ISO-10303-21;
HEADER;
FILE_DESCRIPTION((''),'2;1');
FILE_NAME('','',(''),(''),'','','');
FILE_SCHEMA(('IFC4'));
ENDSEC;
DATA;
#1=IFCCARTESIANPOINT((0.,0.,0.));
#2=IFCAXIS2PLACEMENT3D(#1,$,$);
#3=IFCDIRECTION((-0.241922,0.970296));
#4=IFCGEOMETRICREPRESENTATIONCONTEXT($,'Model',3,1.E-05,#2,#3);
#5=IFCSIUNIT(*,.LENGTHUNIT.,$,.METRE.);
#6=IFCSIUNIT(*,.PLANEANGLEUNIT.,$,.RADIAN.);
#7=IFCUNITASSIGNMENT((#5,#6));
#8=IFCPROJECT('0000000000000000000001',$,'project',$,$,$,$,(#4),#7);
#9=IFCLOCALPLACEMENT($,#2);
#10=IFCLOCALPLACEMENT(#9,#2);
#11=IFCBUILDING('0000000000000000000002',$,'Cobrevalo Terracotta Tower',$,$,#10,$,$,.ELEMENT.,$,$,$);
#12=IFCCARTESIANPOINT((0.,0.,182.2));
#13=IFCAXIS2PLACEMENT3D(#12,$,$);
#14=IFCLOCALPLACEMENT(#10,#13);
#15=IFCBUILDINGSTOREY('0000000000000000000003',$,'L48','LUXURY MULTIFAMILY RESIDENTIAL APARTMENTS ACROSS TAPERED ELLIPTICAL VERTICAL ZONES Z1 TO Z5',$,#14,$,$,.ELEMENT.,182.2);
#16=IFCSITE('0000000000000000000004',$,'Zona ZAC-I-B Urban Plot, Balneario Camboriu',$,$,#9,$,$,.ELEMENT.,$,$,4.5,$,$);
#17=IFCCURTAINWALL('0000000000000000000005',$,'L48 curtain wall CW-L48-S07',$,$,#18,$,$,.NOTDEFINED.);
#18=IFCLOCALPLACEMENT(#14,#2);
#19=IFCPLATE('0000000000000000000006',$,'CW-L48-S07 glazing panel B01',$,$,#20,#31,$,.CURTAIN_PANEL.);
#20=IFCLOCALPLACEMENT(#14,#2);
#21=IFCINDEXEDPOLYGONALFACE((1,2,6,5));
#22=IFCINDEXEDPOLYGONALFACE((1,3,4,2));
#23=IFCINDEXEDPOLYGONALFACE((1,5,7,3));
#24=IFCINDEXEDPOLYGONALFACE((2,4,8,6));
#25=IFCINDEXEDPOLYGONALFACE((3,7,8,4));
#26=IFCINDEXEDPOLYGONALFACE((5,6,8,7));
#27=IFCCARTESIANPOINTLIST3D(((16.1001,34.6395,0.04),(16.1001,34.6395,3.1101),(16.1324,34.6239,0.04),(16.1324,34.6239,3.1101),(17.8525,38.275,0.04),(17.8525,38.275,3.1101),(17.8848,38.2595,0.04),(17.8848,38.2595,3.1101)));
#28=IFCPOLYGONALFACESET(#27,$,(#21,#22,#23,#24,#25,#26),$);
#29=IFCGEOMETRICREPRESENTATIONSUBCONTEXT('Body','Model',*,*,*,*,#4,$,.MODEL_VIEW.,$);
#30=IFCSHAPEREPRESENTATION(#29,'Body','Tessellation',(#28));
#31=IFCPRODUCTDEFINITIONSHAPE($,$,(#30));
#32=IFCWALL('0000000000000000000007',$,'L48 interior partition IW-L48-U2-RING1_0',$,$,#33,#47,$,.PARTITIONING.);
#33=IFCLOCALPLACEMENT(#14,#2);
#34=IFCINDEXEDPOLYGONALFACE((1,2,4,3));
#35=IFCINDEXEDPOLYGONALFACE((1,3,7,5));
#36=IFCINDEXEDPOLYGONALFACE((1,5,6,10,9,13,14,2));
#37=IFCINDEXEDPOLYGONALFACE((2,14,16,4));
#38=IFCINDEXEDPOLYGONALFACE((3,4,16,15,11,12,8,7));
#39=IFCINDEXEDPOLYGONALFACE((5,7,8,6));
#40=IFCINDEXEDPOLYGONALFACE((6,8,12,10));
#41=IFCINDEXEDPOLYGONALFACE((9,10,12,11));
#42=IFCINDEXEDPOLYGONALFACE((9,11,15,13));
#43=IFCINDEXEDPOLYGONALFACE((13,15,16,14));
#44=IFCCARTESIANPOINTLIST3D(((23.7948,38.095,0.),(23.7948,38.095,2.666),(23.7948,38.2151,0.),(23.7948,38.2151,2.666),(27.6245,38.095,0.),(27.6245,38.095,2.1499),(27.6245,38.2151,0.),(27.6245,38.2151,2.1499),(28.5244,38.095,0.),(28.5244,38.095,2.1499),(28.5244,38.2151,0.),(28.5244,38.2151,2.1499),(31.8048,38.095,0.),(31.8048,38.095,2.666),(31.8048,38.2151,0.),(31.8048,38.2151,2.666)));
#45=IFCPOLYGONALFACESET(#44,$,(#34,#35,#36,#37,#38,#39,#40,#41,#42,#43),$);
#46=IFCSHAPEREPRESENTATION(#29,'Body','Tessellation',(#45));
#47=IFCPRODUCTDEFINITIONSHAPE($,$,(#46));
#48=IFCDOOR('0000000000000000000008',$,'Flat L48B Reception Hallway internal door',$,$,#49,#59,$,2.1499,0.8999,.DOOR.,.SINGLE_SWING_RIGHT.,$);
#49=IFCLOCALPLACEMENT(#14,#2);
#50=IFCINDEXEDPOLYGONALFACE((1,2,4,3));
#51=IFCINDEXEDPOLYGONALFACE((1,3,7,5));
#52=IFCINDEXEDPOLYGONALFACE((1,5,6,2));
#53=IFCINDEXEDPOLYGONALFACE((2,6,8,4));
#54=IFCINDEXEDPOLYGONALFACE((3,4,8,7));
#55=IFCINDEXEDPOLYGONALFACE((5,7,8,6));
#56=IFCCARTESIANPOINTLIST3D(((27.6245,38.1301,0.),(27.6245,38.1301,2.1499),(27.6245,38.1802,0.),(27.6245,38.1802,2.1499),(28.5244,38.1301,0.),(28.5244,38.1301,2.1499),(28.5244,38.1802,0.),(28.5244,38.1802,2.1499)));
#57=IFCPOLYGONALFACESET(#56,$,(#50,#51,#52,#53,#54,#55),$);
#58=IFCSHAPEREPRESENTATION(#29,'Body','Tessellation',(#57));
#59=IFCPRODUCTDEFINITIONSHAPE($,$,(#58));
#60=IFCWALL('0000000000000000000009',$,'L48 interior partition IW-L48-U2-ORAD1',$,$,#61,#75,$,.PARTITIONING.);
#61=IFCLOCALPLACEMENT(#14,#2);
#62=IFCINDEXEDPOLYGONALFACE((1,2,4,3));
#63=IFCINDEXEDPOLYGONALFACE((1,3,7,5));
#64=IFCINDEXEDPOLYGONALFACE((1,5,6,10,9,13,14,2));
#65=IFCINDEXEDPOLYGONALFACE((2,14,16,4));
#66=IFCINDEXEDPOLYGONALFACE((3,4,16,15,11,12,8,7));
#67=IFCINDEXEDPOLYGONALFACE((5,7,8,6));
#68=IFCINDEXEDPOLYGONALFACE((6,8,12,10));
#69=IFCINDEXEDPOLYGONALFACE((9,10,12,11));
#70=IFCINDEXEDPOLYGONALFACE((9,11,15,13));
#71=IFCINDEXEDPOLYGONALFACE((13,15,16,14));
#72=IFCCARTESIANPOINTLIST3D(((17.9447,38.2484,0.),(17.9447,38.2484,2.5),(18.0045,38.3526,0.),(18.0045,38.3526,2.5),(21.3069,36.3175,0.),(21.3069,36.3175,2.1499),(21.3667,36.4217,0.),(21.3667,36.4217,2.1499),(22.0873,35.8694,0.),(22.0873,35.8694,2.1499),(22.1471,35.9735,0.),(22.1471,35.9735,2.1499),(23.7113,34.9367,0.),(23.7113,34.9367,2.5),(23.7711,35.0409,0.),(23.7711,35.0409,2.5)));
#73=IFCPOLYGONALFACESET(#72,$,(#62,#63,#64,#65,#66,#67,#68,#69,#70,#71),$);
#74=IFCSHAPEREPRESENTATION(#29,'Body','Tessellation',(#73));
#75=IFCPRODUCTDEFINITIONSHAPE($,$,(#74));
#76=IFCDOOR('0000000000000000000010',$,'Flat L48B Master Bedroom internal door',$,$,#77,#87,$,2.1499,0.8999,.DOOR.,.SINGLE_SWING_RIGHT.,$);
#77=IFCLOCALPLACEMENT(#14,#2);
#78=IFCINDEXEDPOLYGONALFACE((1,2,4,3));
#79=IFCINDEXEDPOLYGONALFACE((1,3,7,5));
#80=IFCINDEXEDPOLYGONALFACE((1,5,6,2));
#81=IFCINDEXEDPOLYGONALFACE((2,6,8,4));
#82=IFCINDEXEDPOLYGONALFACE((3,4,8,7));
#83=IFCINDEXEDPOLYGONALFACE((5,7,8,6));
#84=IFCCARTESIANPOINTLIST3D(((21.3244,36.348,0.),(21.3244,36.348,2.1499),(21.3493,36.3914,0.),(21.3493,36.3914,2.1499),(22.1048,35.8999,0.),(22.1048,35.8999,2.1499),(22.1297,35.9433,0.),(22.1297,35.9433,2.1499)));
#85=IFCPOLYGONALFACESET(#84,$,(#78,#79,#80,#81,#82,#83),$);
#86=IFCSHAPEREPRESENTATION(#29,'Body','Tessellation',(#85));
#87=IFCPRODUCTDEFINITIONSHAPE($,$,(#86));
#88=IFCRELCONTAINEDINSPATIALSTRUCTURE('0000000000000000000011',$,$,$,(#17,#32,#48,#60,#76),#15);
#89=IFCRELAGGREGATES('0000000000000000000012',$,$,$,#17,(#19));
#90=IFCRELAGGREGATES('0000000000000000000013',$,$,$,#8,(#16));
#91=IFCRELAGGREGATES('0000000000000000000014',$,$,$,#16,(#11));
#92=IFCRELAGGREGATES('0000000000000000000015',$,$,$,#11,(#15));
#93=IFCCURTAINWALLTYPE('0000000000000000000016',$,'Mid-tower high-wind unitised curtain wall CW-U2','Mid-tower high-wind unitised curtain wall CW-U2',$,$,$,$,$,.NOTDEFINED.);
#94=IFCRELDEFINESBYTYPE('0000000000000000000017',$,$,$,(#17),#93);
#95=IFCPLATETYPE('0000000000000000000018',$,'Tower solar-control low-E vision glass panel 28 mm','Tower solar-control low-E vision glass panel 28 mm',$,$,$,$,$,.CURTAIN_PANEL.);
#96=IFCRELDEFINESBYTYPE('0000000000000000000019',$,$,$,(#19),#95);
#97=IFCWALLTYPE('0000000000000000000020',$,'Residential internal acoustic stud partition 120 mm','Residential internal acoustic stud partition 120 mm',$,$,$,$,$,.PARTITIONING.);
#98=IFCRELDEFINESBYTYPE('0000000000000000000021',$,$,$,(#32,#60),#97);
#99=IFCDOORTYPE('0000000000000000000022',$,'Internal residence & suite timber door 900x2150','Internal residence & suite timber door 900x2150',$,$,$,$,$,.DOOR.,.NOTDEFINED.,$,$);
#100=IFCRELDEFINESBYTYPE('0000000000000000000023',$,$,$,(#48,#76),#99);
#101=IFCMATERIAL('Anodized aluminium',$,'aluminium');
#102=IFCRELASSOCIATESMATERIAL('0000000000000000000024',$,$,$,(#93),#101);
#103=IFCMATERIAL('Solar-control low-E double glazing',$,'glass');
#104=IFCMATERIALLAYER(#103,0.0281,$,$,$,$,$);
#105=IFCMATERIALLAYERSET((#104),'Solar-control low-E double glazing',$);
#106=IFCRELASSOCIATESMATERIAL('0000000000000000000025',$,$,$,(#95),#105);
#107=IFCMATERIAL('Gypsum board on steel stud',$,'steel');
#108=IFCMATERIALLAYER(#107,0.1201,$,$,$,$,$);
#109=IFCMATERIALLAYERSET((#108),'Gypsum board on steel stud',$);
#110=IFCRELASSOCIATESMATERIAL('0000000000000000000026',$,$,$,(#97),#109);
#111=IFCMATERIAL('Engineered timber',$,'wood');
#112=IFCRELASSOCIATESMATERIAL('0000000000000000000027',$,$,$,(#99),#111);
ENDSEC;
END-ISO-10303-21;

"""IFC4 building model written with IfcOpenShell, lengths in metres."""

from ifc_helpers import new_model, si_unit, direction, frame, frame_2d, origin, origin_2d, place, context, subcontext, project, spatial, rectangle, extrude, source, transform, mapped, material, layer, layer_set, type_object, element, fill, aggregate, save


model = new_model("IFC4")

# Units and contexts
model_context = context("Model", 3, precision=1e-05, world=origin(), true_north=direction((-0.241922, 0.970296)))
body_context = subcontext(model_context, "Body", "Model", "MODEL_VIEW")
ifc_project = project(units=[si_unit("LENGTHUNIT", "METRE"), si_unit("PLANEANGLEUNIT", "RADIAN")], contexts=[model_context])

# Site, building, storey
site_placement = place(None, origin())
site = spatial("IfcSite", under=ifc_project, at=site_placement, Name="Zona ZAC-I-B Urban Plot, Balneario Camboriu", CompositionType="ELEMENT", RefElevation=4.5)
building_placement = place(site_placement, origin())
building = spatial("IfcBuilding", under=site, at=building_placement, Name="Cobrevalo Terracotta Tower", CompositionType="ELEMENT")
storey_placement = place(building_placement, frame((0.0, 0.0, 182.2)))
storey = spatial("IfcBuildingStorey", under=building, at=storey_placement, Name="L48", Description="LUXURY MULTIFAMILY RESIDENTIAL APARTMENTS ACROSS TAPERED ELLIPTICAL VERTICAL ZONES Z1 TO Z5", CompositionType="ELEMENT", Elevation=182.2)

# Curtain wall
ifc_material_1 = material(Name="Anodized aluminium", Category="aluminium")
curtain_wall_type = type_object("IfcCurtainWallType", Name="Mid-tower high-wind unitised curtain wall CW-U2", Description="Mid-tower high-wind unitised curtain wall CW-U2", PredefinedType="NOTDEFINED", material=ifc_material_1)
curtain_wall_1_placement = place(storey_placement, origin())
curtain_wall_1 = element("IfcCurtainWall", 1, at=curtain_wall_1_placement, inside=storey, type_object=curtain_wall_type, Name="L48 curtain wall CW-L48-S07", PredefinedType="NOTDEFINED")

# Plate
ifc_material_2 = material(Name="Solar-control low-E double glazing", Category="glass")
ifc_layer_1 = layer(ifc_material_2, 0.0281)
ifc_layer_set_1 = layer_set([ifc_layer_1], Name="Solar-control low-E double glazing")
plate_type_1 = type_object("IfcPlateType", Name="Tower solar-control low-E vision glass panel 28 mm", Description="Tower solar-control low-E vision glass panel 28 mm", PredefinedType="CURTAIN_PANEL", material=ifc_layer_set_1)
shared_shape_1 = source(origin(), body_context, "Body", "SweptSolid", [
    extrude(rectangle(XDim=4.0359, YDim=0.0359, at=origin_2d()), origin(), (0.0, 0.0, 1.0), 3.0701),
])
plate_1_placement = place(storey_placement, frame((16.9924, 36.4495, 0.04), z_axis=(0.0, 0.0, 1.0), x_axis=(-0.434209, -0.900812, 0.0)))
plate_1 = element("IfcPlate", 2, at=plate_1_placement, type_object=plate_type_1, Name="CW-L48-S07 glazing panel B01", PredefinedType="CURTAIN_PANEL", context=body_context, shape_type="MappedRepresentation", body=[
    mapped(shared_shape_1, transform((0.0, 0.0, 0.0), scale=1.0)),
])
aggregate(curtain_wall_1, [plate_1])

# Walls, openings, doors
ifc_material_3 = material(Name="Gypsum board on steel stud", Category="steel")
ifc_layer_2 = layer(ifc_material_3, 0.1201)
ifc_layer_set_2 = layer_set([ifc_layer_2], Name="Gypsum board on steel stud")
wall_type = type_object("IfcWallType", Name="Residential internal acoustic stud partition 120 mm", Description="Residential internal acoustic stud partition 120 mm", PredefinedType="PARTITIONING", material=ifc_layer_set_2)
wall_1_placement = place(storey_placement, frame((23.7949, 38.155, 0.0), z_axis=(0.0, 0.0, 1.0), x_axis=(1.0, 0.0, 0.0)))
wall_1 = element("IfcWall", 3, at=wall_1_placement, inside=storey, type_object=wall_type, Name="L48 interior partition IW-L48-U2-RING1_0", PredefinedType="PARTITIONING", context=body_context, shape_type="SweptSolid", body=[
    extrude(rectangle(XDim=8.01, YDim=0.1201, at=frame_2d((4.0049, 0.0))), origin(), (0.0, 0.0, 1.0), 2.666),
])
opening_1_placement = place(wall_1_placement, frame((3.8296, 0.0, 0.0)))
opening_1 = element("IfcOpeningElement", 4, at=opening_1_placement, cuts=wall_1, PredefinedType="OPENING", context=body_context, shape_type="SweptSolid", body=[
    extrude(rectangle(XDim=0.8999, YDim=2.1499, at=frame_2d((0.45, 1.075))), frame((0.0, 0.0701, 0.0), z_axis=(0.0, -1.0, 0.0), x_axis=(1.0, 0.0, 0.0)), (0.0, 0.0, 1.0), 0.1401),
])
ifc_material_4 = material(Name="Engineered timber", Category="wood")
door_type = type_object("IfcDoorType", Name="Internal residence & suite timber door 900x2150", Description="Internal residence & suite timber door 900x2150", OperationType="NOTDEFINED", PredefinedType="DOOR", material=ifc_material_4)
shared_shape_2 = source(origin(), body_context, "Body", "SweptSolid", [
    extrude(rectangle(XDim=0.8999, YDim=2.1499, at=frame_2d((0.45, 1.075))), frame((0.0, 0.0249, 0.0), z_axis=(0.0, -1.0, 0.0), x_axis=(1.0, 0.0, 0.0)), (0.0, 0.0, 1.0), 0.05),
])
door_1_placement = place(opening_1_placement, frame((0.8999, 0.0, 0.0), z_axis=(0.0, 0.0, 1.0), x_axis=(-1.0, 0.0, 0.0)))
door_1 = element("IfcDoor", 5, at=door_1_placement, inside=storey, type_object=door_type, Name="Flat L48B Reception Hallway internal door", OperationType="SINGLE_SWING_RIGHT", OverallHeight=2.1499, OverallWidth=0.8999, PredefinedType="DOOR", context=body_context, shape_type="MappedRepresentation", body=[
    mapped(shared_shape_2, transform((0.0, 0.0, 0.0), scale=1.0)),
])
fill(opening_1, door_1)
wall_2_placement = place(storey_placement, frame((23.7412, 34.9888, 0.0), z_axis=(0.0, 0.0, 1.0), x_axis=(-0.867168, 0.498016, 0.0)))
wall_2 = element("IfcWall", 6, at=wall_2_placement, inside=storey, type_object=wall_type, Name="L48 interior partition IW-L48-U2-ORAD1", PredefinedType="PARTITIONING", context=body_context, shape_type="SweptSolid", body=[
    extrude(rectangle(XDim=6.6499, YDim=0.1201, at=frame_2d((3.325, 0.0))), origin(), (0.0, 0.0, 1.0), 2.5),
])
opening_2_placement = place(wall_2_placement, frame((1.8728, 0.0, 0.0)))
opening_2 = element("IfcOpeningElement", 7, at=opening_2_placement, cuts=wall_2, PredefinedType="OPENING", context=body_context, shape_type="SweptSolid", body=[
    extrude(rectangle(XDim=0.8999, YDim=2.1499, at=frame_2d((0.45, 1.075))), frame((0.0, 0.0701, 0.0), z_axis=(0.0, -1.0, 0.0), x_axis=(1.0, 0.0, 0.0)), (0.0, 0.0, 1.0), 0.1401),
])
door_2_placement = place(opening_2_placement, origin())
door_2 = element("IfcDoor", 8, at=door_2_placement, inside=storey, type_object=door_type, Name="Flat L48B Master Bedroom internal door", OperationType="SINGLE_SWING_RIGHT", OverallHeight=2.1499, OverallWidth=0.8999, PredefinedType="DOOR", context=body_context, shape_type="MappedRepresentation", body=[
    mapped(shared_shape_2, transform((0.0, 0.0, 0.0), scale=1.0)),
])
fill(opening_2, door_2)

save(model, "model.ifc")
